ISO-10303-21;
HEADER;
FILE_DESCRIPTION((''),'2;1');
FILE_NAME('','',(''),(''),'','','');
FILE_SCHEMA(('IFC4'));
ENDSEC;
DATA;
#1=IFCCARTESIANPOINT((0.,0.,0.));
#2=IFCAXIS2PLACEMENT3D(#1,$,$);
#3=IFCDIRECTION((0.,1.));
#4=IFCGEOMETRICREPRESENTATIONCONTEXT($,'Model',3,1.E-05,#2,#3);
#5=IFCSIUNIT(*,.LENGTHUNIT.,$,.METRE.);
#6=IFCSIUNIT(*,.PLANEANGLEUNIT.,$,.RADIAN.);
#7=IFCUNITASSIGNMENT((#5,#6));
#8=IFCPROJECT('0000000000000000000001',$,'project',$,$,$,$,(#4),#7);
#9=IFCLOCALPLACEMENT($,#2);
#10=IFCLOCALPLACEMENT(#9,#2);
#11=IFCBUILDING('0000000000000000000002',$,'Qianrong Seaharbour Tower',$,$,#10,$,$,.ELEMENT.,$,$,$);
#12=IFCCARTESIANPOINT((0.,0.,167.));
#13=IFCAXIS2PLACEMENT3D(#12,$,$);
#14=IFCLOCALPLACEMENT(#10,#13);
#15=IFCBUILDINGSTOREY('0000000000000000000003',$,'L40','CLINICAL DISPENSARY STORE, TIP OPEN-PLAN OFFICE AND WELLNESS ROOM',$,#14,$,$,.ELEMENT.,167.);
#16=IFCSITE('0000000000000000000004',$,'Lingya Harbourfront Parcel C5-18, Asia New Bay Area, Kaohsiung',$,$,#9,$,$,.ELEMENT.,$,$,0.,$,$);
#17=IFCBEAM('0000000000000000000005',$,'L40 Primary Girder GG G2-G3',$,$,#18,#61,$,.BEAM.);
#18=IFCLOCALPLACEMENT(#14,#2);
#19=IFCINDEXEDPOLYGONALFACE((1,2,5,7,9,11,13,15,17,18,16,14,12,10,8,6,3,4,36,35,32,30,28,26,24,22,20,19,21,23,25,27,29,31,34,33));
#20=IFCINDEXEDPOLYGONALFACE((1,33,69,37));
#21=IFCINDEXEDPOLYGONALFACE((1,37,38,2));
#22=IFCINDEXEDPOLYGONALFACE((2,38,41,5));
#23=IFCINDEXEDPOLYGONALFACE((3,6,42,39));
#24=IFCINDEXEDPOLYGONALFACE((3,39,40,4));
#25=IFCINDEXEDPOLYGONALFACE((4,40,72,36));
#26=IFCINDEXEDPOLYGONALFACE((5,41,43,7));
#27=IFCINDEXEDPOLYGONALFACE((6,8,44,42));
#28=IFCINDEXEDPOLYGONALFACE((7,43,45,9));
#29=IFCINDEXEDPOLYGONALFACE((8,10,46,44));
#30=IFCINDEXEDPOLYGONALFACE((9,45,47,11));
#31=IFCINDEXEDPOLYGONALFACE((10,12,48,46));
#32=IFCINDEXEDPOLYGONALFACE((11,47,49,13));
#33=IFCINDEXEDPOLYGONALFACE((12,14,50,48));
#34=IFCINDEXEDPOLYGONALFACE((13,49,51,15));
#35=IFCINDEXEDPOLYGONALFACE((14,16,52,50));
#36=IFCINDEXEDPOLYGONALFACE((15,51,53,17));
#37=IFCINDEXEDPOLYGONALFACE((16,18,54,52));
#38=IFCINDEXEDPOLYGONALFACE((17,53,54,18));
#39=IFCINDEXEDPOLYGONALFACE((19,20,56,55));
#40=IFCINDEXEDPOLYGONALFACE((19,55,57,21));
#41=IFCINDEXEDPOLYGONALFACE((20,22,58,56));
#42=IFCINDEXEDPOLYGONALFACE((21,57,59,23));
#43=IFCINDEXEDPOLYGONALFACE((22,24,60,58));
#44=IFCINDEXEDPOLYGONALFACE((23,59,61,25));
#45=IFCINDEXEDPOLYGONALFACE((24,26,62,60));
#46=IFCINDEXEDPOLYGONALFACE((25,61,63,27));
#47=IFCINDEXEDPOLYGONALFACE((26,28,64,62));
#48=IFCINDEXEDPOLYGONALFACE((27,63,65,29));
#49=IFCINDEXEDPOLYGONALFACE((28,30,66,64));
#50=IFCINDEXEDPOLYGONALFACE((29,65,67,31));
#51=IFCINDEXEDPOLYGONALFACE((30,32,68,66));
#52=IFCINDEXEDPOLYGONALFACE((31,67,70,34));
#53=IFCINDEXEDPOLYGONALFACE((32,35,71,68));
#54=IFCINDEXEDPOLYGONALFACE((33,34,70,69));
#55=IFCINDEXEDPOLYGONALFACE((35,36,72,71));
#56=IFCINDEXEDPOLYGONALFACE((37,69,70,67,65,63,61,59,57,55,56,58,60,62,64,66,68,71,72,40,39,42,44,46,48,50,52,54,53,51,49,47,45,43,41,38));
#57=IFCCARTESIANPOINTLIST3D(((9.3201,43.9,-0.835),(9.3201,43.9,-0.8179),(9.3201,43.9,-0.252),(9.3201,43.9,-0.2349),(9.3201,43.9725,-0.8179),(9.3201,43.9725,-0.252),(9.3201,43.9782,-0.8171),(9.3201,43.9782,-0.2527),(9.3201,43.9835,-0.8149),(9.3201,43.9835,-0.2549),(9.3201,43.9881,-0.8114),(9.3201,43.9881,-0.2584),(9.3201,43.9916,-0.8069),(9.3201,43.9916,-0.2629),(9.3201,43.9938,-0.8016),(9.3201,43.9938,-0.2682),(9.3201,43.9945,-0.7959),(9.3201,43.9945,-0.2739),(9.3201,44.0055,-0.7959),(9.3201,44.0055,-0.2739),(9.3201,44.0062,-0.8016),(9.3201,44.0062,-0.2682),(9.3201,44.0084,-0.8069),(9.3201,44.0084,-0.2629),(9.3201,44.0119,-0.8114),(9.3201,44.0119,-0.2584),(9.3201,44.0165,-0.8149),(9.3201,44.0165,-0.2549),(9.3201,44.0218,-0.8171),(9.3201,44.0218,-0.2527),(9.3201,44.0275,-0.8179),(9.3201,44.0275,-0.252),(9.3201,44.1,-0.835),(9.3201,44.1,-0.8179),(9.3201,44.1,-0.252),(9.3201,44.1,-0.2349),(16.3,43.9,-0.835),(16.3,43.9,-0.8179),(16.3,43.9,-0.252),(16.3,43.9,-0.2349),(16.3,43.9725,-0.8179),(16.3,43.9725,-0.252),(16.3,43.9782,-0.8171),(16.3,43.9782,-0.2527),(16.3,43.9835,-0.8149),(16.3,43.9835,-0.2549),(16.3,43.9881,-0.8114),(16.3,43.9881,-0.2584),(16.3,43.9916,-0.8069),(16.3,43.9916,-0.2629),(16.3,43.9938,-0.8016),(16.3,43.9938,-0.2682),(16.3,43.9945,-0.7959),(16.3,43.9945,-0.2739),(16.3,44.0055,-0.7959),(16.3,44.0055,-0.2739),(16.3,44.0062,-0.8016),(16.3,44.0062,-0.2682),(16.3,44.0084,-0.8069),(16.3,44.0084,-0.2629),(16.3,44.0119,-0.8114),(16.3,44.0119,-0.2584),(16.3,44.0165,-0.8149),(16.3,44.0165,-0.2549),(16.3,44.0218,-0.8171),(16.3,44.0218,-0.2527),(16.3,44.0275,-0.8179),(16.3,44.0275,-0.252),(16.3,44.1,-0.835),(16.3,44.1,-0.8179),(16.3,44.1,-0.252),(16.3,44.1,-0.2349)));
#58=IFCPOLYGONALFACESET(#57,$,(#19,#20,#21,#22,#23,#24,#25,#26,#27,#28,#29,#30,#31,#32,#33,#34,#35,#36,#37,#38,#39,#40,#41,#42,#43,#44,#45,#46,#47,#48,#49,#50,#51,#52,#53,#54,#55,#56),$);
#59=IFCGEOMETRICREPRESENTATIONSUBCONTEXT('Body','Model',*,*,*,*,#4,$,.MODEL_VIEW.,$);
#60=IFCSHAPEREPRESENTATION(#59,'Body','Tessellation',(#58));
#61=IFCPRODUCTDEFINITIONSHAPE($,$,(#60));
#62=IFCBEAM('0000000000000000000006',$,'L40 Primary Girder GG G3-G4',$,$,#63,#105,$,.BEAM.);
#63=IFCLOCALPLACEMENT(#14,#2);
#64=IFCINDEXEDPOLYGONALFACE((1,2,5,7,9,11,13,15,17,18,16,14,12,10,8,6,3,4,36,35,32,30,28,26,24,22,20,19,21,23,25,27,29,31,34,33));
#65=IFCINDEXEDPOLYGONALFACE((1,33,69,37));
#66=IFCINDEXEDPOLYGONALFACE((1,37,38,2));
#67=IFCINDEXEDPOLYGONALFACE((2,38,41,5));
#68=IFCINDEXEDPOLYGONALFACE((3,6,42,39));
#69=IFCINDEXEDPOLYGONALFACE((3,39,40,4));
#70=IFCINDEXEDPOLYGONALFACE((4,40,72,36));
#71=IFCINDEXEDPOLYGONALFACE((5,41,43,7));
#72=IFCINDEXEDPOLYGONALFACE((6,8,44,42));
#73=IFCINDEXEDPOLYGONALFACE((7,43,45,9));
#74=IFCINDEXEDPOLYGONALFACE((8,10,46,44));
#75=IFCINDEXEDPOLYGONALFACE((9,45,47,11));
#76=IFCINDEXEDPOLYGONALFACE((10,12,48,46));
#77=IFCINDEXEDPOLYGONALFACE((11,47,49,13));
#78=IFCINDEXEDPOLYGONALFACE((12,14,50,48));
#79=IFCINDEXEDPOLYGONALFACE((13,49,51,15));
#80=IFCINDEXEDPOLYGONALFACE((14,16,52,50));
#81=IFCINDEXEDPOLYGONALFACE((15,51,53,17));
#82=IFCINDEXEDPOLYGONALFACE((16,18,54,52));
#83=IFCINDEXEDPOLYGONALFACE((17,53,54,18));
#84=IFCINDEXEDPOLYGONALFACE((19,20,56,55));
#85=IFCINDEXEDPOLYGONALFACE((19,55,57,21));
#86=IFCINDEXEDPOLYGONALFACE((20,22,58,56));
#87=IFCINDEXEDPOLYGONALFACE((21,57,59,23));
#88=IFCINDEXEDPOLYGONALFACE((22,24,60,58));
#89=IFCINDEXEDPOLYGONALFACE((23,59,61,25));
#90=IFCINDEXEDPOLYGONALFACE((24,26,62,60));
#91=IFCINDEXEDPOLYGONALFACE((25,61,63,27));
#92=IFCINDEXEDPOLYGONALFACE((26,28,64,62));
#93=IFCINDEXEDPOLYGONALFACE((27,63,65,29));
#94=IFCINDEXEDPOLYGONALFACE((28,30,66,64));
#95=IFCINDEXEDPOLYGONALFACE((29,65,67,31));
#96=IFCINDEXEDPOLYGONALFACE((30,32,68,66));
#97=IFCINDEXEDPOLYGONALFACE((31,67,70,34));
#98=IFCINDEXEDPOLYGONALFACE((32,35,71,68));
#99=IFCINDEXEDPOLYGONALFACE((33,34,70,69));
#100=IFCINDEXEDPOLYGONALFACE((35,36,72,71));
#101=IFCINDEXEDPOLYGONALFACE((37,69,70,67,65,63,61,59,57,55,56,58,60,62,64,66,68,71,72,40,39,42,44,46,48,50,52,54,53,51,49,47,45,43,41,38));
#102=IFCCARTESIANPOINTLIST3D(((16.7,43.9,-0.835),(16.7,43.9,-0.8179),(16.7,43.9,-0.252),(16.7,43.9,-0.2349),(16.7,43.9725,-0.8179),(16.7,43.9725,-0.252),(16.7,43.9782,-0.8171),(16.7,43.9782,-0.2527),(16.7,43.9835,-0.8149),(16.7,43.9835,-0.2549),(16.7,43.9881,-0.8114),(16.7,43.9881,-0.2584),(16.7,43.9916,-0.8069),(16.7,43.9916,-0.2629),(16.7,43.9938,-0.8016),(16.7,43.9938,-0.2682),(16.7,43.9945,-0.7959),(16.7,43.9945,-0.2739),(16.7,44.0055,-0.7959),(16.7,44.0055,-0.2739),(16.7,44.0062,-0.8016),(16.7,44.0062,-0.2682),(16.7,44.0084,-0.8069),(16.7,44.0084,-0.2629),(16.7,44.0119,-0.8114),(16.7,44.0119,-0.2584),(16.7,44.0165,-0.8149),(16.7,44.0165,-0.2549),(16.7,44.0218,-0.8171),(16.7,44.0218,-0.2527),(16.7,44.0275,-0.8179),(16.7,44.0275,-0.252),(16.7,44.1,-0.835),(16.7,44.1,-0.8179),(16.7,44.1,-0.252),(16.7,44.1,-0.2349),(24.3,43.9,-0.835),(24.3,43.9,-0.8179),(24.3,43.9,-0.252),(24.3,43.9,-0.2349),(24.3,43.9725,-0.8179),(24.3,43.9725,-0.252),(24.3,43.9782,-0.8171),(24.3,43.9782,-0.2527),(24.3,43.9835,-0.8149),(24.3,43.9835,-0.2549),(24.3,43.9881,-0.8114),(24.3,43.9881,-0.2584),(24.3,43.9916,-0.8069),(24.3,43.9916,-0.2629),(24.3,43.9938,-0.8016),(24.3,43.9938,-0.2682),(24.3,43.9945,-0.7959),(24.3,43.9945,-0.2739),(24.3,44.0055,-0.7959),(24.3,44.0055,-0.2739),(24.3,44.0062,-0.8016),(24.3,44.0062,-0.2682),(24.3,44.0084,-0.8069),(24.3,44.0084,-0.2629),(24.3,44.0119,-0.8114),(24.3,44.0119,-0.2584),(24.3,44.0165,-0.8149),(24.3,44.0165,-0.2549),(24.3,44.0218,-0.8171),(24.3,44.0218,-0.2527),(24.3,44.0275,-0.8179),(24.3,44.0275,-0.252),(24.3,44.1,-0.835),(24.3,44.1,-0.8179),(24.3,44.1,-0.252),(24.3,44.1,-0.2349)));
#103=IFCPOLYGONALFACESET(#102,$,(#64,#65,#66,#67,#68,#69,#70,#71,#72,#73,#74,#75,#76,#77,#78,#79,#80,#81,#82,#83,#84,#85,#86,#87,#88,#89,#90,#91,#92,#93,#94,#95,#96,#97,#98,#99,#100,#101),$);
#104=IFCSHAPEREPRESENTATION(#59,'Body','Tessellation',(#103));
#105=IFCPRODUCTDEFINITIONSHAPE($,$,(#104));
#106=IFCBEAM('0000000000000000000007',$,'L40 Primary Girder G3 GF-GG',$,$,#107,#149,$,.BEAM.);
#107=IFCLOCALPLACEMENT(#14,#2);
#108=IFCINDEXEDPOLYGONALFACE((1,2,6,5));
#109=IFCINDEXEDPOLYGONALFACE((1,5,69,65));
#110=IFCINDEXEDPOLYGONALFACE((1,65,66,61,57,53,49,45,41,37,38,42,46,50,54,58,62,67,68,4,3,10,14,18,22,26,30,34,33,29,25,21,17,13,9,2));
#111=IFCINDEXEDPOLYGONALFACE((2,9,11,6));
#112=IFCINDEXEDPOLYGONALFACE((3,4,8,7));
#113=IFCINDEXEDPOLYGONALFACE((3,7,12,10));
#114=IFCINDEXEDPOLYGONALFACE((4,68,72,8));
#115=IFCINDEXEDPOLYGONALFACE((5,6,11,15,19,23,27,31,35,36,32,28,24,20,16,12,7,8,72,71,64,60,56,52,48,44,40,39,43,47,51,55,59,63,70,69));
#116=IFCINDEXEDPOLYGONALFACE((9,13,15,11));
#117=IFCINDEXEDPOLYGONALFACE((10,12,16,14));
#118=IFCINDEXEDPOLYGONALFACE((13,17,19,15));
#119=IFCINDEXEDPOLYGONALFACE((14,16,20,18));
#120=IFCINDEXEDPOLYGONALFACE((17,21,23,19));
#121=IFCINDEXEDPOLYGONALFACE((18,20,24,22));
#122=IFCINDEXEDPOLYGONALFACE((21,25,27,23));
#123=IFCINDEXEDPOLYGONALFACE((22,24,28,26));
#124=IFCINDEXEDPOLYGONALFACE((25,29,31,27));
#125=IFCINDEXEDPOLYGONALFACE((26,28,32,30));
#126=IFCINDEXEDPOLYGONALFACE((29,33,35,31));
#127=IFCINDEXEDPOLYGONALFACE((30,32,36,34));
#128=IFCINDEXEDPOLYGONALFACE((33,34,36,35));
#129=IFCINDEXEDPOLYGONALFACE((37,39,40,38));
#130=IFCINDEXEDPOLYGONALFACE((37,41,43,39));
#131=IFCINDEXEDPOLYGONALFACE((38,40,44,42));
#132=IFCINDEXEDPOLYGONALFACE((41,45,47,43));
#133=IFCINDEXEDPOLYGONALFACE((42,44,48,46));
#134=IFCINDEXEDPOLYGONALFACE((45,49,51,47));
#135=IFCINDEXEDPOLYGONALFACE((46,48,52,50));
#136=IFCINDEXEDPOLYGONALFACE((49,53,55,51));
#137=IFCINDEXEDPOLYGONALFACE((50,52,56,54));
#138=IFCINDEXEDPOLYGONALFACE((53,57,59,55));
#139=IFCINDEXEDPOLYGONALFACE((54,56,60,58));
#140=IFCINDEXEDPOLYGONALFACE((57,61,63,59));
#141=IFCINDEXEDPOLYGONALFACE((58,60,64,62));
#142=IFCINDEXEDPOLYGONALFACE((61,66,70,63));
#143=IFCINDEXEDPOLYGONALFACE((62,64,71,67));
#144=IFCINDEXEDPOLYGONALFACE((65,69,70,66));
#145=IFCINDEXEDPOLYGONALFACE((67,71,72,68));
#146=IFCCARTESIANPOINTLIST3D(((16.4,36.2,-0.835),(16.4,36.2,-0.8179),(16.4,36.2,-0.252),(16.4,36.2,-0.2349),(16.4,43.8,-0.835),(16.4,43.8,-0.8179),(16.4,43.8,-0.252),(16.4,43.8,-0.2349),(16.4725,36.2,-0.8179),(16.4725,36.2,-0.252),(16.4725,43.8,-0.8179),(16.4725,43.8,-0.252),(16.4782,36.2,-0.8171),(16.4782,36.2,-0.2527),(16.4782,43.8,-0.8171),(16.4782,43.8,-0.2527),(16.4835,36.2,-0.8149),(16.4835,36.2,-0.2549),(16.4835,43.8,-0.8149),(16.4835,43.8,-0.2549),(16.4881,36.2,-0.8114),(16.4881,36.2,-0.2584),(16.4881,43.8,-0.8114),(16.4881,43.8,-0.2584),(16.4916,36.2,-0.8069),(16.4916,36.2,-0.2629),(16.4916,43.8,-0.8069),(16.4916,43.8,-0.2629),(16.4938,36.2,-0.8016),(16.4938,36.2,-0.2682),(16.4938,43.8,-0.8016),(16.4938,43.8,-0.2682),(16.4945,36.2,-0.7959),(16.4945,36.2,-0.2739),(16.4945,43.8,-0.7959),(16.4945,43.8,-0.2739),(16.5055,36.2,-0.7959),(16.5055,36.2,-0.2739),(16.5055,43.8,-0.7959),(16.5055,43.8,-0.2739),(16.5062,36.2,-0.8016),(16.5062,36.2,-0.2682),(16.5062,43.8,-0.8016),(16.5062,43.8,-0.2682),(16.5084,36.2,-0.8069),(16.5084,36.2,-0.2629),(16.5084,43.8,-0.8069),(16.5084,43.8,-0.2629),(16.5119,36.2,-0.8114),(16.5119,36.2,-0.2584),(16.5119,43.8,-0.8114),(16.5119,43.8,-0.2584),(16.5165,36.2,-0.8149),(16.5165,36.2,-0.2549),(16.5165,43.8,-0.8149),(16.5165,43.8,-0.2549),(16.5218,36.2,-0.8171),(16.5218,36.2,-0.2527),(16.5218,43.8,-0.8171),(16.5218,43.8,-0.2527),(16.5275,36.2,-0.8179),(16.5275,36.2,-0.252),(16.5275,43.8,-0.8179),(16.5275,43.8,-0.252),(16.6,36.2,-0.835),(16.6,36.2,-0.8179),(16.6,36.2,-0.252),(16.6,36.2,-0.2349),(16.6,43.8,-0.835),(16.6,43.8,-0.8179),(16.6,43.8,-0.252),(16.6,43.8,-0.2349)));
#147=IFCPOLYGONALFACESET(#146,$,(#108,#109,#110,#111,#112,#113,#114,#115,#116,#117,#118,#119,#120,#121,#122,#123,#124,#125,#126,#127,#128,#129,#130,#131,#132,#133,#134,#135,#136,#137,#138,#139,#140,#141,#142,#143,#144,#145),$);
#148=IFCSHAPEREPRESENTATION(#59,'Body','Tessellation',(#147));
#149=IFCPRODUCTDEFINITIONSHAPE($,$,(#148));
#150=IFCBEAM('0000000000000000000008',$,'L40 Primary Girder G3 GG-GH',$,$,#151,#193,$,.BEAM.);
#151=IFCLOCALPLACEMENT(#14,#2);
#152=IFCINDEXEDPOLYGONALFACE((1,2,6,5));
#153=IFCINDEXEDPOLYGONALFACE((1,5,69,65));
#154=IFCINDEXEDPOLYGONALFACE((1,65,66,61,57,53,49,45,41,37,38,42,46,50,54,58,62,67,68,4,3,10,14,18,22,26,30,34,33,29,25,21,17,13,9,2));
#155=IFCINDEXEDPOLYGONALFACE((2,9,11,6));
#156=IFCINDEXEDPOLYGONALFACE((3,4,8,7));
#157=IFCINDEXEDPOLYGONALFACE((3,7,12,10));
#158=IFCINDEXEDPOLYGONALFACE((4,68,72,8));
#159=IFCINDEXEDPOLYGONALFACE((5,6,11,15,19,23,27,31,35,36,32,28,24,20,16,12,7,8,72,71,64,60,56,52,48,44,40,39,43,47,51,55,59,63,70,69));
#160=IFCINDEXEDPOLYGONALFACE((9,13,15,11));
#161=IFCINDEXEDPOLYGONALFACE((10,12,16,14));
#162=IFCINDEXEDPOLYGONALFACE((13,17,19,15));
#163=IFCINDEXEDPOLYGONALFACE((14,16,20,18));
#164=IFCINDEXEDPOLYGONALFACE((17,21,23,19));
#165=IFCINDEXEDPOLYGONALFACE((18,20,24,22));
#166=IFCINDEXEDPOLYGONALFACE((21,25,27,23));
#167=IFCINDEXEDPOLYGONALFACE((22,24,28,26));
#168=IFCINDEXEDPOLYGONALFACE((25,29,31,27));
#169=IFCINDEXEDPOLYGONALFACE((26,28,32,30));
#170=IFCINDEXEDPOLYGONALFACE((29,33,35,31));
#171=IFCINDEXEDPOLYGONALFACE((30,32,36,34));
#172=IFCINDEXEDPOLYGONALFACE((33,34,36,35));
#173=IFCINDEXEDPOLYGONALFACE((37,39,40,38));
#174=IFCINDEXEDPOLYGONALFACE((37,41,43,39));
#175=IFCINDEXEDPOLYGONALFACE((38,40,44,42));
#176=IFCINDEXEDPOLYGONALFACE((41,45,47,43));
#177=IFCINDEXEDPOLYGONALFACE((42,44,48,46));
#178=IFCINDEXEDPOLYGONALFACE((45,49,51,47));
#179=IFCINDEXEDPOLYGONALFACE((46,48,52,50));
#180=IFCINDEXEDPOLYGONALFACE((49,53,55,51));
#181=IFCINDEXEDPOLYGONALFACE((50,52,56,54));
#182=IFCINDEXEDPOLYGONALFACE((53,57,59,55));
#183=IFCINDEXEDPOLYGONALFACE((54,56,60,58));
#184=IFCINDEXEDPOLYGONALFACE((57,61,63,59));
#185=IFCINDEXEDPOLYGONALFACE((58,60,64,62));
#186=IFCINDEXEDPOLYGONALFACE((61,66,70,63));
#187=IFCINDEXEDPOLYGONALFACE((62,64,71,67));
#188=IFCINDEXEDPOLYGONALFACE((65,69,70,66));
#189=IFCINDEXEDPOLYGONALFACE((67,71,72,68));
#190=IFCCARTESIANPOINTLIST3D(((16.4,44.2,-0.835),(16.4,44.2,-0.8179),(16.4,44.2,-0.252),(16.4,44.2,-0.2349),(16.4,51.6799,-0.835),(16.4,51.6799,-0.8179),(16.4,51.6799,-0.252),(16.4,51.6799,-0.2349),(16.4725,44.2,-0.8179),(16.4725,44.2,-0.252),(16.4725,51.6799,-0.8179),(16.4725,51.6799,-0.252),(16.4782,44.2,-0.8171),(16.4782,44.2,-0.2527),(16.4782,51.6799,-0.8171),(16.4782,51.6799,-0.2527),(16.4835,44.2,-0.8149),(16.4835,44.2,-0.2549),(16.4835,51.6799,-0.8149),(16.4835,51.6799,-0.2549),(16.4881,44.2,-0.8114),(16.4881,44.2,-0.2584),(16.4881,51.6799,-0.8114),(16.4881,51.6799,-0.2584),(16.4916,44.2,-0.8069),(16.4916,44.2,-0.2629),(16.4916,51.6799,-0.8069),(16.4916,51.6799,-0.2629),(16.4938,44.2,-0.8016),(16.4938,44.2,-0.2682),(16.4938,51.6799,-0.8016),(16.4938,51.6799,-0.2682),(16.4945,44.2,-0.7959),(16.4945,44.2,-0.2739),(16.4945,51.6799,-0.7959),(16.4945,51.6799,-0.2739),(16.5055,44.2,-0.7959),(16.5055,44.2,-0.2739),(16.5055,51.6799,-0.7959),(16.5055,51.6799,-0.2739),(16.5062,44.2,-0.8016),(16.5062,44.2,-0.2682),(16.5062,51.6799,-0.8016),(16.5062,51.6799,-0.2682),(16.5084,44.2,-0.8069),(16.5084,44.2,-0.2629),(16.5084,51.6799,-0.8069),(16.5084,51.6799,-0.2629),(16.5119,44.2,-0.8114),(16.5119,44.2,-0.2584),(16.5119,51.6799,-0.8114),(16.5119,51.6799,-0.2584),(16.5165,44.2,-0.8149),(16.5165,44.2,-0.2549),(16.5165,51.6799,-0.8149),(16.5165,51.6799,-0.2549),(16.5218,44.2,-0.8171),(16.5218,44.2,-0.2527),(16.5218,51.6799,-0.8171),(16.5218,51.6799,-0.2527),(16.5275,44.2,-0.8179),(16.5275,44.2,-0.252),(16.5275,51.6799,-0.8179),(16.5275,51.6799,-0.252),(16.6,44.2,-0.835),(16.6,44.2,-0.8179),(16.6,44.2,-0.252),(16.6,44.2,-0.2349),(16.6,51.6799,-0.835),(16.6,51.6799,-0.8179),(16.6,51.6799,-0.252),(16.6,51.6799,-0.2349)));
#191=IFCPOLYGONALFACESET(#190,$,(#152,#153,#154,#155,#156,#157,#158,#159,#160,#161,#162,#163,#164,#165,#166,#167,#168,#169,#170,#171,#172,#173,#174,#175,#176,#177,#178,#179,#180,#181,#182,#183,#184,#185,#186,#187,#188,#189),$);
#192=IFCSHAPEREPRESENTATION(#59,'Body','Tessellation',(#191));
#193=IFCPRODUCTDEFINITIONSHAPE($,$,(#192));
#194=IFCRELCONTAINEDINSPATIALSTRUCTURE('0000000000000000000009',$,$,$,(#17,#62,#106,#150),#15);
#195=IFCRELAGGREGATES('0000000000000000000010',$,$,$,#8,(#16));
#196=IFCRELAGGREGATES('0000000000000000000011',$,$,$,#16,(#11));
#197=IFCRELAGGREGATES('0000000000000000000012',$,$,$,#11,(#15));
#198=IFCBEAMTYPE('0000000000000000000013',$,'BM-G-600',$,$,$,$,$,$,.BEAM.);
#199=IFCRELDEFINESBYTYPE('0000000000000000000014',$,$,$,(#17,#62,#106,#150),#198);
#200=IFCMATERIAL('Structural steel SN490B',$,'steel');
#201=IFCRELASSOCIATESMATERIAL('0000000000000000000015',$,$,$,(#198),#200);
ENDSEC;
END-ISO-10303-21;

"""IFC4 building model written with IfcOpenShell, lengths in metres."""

from ifc_helpers import new_model, si_unit, direction, frame, origin, origin_2d, place, context, subcontext, project, spatial, i_section, extrude, material, material_profile, profile_set, type_object, element, save


model = new_model("IFC4")

# Units and contexts
model_context = context("Model", 3, precision=1e-05, world=origin(), true_north=direction((0.0, 1.0)))
body_context = subcontext(model_context, "Body", "Model", "MODEL_VIEW")
ifc_project = project(units=[si_unit("LENGTHUNIT", "METRE"), si_unit("PLANEANGLEUNIT", "RADIAN")], contexts=[model_context])

# Site, building, storey
site_placement = place(None, origin())
site = spatial("IfcSite", under=ifc_project, at=site_placement, Name="Lingya Harbourfront Parcel C5-18, Asia New Bay Area, Kaohsiung", CompositionType="ELEMENT", RefElevation=0.0)
building_placement = place(site_placement, origin())
building = spatial("IfcBuilding", under=site, at=building_placement, Name="Qianrong Seaharbour Tower", CompositionType="ELEMENT")
storey_placement = place(building_placement, frame((0.0, 0.0, 167.0)))
storey = spatial("IfcBuildingStorey", under=building, at=storey_placement, Name="L40", Description="CLINICAL DISPENSARY STORE, TIP OPEN-PLAN OFFICE AND WELLNESS ROOM", CompositionType="ELEMENT", Elevation=167.0)

# Shared definitions
ifc_material_1 = material(Name="Structural steel SN490B", Category="steel")

# Beams
ifc_material_profile_1 = material_profile(ifc_material_1, i_section(OverallWidth=0.2, OverallDepth=0.6001, WebThickness=0.011, FlangeThickness=0.0171, FilletRadius=0.022, at=origin_2d()), Name="H600x200x11x17")
ifc_profile_set_1 = profile_set([ifc_material_profile_1], Name="Structural steel SN490B")
beam_type_1 = type_object("IfcBeamType", Name="BM-G-600", PredefinedType="BEAM", material=ifc_profile_set_1)
beam_1_placement = place(storey_placement, frame((9.3201, 44.0, -0.5349), z_axis=(1.0, 0.0, 0.0), x_axis=(0.0, 1.0, 0.0)))
element("IfcBeam", 1, at=beam_1_placement, inside=storey, type_object=beam_type_1, Name="L40 Primary Girder GG G2-G3", PredefinedType="BEAM", context=body_context, shape_type="SweptSolid", body=[
    extrude(i_section(OverallWidth=0.2, OverallDepth=0.6001, WebThickness=0.011, FlangeThickness=0.0171, FilletRadius=0.022, at=origin_2d()), origin(), (0.0, 0.0, 1.0), 6.98),
])
for number, where, z_axis, x_axis, name in (
    (2, (16.7, 44.0, -0.5349), (1.0, 0.0, 0.0), (0.0, 1.0, 0.0), "L40 Primary Girder GG G3-G4"),
    (3, (16.5, 36.2, -0.5349), (0.0, 1.0, 0.0), (-1.0, 0.0, 0.0), "L40 Primary Girder G3 GF-GG"),
):
    element("IfcBeam", number, at=place(storey_placement, frame(where, z_axis=z_axis, x_axis=x_axis)), inside=storey, type_object=beam_type_1, Name=name, PredefinedType="BEAM", context=body_context, shape_type="SweptSolid", body=[
        extrude(i_section(OverallWidth=0.2, OverallDepth=0.6001, WebThickness=0.011, FlangeThickness=0.0171, FilletRadius=0.022, at=origin_2d()), origin(), (0.0, 0.0, 1.0), 7.6001),
    ])
beam_2_placement = place(storey_placement, frame((16.5, 44.2, -0.5349), z_axis=(0.0, 1.0, 0.0), x_axis=(-1.0, 0.0, 0.0)))
element("IfcBeam", 4, at=beam_2_placement, inside=storey, type_object=beam_type_1, Name="L40 Primary Girder G3 GG-GH", PredefinedType="BEAM", context=body_context, shape_type="SweptSolid", body=[
    extrude(i_section(OverallWidth=0.2, OverallDepth=0.6001, WebThickness=0.011, FlangeThickness=0.0171, FilletRadius=0.022, at=origin_2d()), origin(), (0.0, 0.0, 1.0), 7.48),
])

save(model, "model.ifc")
